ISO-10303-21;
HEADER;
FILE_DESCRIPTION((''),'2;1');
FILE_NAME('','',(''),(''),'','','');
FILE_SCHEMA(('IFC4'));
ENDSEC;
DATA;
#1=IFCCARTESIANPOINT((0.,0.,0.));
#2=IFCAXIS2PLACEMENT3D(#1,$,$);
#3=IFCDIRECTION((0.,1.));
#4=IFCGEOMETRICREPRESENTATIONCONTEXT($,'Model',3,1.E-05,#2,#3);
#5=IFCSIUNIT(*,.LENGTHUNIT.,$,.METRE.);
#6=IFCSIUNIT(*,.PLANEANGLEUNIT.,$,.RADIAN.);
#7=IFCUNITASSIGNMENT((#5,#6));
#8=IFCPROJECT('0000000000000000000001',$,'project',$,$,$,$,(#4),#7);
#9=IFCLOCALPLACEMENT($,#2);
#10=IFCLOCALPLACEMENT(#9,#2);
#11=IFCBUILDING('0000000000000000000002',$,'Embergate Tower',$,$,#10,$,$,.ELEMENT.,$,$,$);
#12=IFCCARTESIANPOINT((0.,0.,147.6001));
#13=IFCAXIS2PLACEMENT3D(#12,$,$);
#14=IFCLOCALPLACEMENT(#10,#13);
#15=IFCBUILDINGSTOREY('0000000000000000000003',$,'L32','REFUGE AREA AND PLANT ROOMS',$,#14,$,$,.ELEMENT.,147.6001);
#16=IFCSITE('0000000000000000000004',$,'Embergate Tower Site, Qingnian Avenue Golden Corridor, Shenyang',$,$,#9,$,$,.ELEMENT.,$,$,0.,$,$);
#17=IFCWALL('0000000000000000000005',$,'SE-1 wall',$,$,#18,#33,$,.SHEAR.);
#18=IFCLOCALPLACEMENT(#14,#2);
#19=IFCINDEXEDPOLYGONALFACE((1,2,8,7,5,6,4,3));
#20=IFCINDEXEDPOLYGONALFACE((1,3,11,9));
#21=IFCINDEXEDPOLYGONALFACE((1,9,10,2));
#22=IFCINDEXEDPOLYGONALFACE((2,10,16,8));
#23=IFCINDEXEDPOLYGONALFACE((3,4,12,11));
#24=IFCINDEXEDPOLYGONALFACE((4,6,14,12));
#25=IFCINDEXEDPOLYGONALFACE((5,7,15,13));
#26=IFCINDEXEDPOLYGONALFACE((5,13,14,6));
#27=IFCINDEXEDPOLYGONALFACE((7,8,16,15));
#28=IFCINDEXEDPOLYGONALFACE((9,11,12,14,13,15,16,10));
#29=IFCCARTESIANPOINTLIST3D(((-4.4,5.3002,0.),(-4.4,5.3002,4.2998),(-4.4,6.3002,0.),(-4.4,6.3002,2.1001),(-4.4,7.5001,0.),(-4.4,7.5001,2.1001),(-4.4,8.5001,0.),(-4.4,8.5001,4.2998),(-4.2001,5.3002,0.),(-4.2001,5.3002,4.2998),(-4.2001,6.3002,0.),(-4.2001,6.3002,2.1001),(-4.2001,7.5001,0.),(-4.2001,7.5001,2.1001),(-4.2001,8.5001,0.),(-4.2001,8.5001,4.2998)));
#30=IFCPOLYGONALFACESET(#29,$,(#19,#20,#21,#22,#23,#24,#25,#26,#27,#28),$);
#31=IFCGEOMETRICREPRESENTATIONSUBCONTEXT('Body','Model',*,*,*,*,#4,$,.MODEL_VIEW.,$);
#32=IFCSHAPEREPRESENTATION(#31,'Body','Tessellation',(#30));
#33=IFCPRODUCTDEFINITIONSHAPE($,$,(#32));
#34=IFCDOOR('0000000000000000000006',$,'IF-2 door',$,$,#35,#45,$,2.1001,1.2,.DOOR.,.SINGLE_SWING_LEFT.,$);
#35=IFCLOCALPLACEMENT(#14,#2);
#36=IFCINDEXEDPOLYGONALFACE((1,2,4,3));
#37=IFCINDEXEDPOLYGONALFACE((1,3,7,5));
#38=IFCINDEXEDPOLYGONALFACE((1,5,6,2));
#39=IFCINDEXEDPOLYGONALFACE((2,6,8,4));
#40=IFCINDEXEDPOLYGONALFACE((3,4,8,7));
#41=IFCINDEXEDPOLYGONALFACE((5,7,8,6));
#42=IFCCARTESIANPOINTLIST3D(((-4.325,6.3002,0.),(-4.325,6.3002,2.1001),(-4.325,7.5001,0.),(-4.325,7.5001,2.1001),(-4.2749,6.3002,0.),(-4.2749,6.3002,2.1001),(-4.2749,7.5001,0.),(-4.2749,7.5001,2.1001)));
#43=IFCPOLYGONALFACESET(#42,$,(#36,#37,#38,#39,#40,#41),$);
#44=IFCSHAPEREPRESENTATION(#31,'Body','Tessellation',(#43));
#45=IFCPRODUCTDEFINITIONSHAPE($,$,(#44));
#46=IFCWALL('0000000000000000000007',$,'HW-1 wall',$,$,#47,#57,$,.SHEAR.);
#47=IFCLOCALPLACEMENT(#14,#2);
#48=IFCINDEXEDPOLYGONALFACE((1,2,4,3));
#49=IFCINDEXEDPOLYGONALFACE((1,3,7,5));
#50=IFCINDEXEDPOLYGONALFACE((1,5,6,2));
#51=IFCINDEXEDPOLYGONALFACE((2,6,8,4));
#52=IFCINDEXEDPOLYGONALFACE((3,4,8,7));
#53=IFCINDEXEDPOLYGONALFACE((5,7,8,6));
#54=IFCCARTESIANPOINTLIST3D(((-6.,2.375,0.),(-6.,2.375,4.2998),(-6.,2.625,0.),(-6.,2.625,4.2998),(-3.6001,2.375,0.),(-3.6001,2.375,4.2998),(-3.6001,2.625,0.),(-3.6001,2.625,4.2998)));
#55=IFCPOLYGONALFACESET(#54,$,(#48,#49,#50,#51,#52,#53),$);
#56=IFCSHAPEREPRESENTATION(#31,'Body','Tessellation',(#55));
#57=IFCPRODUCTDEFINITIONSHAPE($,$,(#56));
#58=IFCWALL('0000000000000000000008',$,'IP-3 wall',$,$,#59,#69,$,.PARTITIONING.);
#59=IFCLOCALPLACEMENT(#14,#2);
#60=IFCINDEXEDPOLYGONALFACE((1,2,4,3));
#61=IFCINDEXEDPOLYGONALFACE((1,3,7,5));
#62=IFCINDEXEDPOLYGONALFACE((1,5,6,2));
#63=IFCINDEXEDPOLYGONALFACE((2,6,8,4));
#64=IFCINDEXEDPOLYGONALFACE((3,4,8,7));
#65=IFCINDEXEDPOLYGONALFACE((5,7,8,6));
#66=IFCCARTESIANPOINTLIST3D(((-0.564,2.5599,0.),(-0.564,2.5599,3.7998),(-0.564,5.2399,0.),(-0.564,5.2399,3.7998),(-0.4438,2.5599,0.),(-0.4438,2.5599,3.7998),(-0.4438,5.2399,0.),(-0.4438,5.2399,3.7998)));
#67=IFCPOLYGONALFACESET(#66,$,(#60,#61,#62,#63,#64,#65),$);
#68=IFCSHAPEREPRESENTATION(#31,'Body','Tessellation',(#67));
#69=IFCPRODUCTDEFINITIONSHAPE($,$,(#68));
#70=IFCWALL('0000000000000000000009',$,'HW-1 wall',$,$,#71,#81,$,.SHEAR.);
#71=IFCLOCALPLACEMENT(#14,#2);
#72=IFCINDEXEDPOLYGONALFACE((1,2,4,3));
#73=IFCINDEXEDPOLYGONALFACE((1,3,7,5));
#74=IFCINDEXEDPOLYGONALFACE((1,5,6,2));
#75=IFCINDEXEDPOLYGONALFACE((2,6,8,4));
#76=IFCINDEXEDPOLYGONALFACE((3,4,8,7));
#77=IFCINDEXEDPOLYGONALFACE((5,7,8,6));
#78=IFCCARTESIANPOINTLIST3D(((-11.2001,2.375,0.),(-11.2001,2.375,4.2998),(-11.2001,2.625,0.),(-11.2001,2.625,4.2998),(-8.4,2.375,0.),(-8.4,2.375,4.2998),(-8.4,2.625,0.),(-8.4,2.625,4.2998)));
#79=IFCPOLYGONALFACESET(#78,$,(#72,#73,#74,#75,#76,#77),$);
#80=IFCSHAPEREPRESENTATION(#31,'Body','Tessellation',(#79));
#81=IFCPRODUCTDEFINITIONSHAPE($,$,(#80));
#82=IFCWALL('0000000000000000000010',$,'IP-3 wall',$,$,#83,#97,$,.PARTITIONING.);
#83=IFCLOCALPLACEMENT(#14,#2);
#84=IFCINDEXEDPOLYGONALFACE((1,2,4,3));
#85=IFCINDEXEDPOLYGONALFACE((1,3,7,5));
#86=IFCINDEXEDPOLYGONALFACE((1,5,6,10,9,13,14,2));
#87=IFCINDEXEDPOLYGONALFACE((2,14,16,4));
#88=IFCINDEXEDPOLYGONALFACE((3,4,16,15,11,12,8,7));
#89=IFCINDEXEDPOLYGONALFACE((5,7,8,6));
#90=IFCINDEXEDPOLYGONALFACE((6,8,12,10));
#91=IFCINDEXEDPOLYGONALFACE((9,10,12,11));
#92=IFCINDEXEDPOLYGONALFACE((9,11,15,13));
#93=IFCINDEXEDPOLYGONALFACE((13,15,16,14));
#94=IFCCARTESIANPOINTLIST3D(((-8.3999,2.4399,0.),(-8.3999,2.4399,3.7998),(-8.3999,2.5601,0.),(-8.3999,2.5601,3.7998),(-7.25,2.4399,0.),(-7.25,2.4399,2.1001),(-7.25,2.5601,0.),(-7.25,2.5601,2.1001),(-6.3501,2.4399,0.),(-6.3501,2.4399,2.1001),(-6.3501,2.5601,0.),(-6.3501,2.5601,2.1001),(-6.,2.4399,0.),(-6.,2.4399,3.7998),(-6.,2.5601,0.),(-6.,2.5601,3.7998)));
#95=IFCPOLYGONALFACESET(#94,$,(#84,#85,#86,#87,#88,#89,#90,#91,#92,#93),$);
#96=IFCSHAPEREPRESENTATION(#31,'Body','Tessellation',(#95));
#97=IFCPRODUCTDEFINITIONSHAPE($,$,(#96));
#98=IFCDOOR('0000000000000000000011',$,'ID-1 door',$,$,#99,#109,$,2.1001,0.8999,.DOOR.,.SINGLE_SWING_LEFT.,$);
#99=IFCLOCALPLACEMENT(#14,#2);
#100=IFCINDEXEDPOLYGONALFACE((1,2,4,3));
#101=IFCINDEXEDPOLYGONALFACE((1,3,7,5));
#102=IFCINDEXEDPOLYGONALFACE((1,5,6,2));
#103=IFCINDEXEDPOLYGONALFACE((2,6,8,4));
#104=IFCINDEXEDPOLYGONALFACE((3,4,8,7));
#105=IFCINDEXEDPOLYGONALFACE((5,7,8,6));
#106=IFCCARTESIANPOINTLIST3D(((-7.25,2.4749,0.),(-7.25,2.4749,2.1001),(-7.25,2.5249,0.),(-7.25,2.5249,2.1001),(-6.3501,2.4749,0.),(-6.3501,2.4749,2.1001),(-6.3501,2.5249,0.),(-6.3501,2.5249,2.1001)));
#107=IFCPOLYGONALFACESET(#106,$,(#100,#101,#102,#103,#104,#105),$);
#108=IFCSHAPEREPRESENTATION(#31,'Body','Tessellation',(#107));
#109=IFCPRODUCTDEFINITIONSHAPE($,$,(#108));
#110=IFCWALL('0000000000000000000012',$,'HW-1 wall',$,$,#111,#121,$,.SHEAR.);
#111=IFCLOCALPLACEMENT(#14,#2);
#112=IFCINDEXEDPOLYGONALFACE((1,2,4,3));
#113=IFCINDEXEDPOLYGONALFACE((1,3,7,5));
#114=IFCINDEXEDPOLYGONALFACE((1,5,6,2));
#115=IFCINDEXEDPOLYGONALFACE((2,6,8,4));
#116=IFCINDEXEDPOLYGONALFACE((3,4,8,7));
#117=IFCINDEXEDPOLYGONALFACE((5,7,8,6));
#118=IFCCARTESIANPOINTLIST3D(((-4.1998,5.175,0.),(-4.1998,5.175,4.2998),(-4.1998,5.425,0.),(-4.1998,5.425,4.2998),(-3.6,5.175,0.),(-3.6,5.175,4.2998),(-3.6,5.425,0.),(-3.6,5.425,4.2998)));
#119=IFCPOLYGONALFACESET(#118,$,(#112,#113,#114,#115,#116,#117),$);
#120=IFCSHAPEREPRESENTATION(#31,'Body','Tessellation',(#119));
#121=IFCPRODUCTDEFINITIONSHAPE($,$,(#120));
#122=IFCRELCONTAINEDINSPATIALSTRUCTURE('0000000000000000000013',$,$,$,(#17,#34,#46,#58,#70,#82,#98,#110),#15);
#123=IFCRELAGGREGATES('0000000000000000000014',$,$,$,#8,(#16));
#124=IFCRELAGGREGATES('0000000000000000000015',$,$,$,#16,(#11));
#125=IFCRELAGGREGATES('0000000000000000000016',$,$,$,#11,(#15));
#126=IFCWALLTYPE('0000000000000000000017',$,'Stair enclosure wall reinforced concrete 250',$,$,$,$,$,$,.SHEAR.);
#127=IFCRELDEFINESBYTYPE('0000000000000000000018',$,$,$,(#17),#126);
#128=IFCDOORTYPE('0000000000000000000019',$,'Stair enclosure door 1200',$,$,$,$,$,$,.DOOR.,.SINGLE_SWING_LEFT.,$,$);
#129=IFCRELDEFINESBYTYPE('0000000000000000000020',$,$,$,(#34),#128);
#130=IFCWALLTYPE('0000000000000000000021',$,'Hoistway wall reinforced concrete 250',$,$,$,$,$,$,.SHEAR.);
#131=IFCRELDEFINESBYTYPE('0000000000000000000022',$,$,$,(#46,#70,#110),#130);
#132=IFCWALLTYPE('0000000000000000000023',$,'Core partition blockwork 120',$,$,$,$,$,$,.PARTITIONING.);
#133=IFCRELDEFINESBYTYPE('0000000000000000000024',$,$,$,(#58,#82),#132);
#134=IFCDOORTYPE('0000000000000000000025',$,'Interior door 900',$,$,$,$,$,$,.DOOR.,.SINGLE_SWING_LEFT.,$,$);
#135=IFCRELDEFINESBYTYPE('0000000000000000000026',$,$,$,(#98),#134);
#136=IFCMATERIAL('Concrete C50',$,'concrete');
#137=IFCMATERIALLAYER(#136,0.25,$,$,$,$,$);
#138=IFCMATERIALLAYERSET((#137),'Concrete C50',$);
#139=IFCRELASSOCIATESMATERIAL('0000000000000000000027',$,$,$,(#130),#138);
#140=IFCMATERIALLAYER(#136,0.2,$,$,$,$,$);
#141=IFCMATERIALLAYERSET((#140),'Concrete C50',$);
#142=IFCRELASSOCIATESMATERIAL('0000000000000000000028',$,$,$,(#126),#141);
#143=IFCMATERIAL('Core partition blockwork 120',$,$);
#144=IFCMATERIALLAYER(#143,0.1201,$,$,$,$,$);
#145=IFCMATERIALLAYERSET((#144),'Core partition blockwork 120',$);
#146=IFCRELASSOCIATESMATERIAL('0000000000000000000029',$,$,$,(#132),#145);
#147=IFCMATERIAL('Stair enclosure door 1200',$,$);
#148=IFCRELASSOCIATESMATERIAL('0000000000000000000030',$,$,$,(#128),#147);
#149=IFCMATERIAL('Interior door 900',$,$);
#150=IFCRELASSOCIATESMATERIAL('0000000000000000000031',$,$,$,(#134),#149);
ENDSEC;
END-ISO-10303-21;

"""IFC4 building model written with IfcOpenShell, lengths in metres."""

from ifc_helpers import new_model, si_unit, direction, frame, frame_2d, origin, place, context, subcontext, project, spatial, rectangle, extrude, source, transform, mapped, material, layer, layer_set, type_object, element, fill, save


model = new_model("IFC4")

# Units and contexts
model_context = context("Model", 3, precision=1e-05, world=origin(), true_north=direction((0.0, 1.0)))
body_context = subcontext(model_context, "Body", "Model", "MODEL_VIEW")
ifc_project = project(units=[si_unit("LENGTHUNIT", "METRE"), si_unit("PLANEANGLEUNIT", "RADIAN")], contexts=[model_context])

# Site, building, storey
site_placement = place(None, origin())
site = spatial("IfcSite", under=ifc_project, at=site_placement, Name="Embergate Tower Site, Qingnian Avenue Golden Corridor, Shenyang", CompositionType="ELEMENT", RefElevation=0.0)
building_placement = place(site_placement, origin())
building = spatial("IfcBuilding", under=site, at=building_placement, Name="Embergate Tower", CompositionType="ELEMENT")
storey_placement = place(building_placement, frame((0.0, 0.0, 147.6001)))
storey = spatial("IfcBuildingStorey", under=building, at=storey_placement, Name="L32", Description="REFUGE AREA AND PLANT ROOMS", CompositionType="ELEMENT", Elevation=147.6001)

# Shared definitions
ifc_material_1 = material(Name="Concrete C50", Category="concrete")
ifc_layer_1 = layer(ifc_material_1, 0.25)
ifc_layer_set_1 = layer_set([ifc_layer_1], Name="Concrete C50")
wall_type_1 = type_object("IfcWallType", Name="Hoistway wall reinforced concrete 250", PredefinedType="SHEAR", material=ifc_layer_set_1)

# Shared definitions
ifc_layer_2 = layer(ifc_material_1, 0.2)
ifc_layer_set_2 = layer_set([ifc_layer_2], Name="Concrete C50")
wall_type_2 = type_object("IfcWallType", Name="Stair enclosure wall reinforced concrete 250", PredefinedType="SHEAR", material=ifc_layer_set_2)

# Wall, opening, door
ifc_material_2 = material(Name="Core partition blockwork 120")
ifc_layer_3 = layer(ifc_material_2, 0.1201)
ifc_layer_set_3 = layer_set([ifc_layer_3], Name="Core partition blockwork 120")
wall_type_3 = type_object("IfcWallType", Name="Core partition blockwork 120", PredefinedType="PARTITIONING", material=ifc_layer_set_3)
shared_shape_1 = source(origin(), body_context, "Body", "SweptSolid", [
    extrude(rectangle(XDim=3.2, YDim=0.2, at=frame_2d((1.6001, 0.0))), origin(), (0.0, 0.0, 1.0), 4.2998),
])
wall_1_placement = place(storey_placement, frame((-4.3, 5.3, 0.0), z_axis=(0.0, 0.0, 1.0), x_axis=(0.0, 1.0, 0.0)))
wall_1 = element("IfcWall", 1, at=wall_1_placement, inside=storey, type_object=wall_type_2, Name="SE-1 wall", PredefinedType="SHEAR", context=body_context, shape_type="MappedRepresentation", body=[
    mapped(shared_shape_1, transform((0.0, 0.0, 0.0))),
])
shared_shape_2 = source(origin(), body_context, "Body", "SweptSolid", [
    extrude(rectangle(XDim=1.2, YDim=2.1001, at=frame_2d((0.6001, 1.05))), frame((0.0, 0.1099, 0.0), z_axis=(0.0, -1.0, 0.0), x_axis=(1.0, 0.0, 0.0)), (0.0, 0.0, 1.0), 0.22),
])
opening_1_placement = place(wall_1_placement, frame((1.0, 0.0, 0.0)))
opening_1 = element("IfcOpeningElement", 2, at=opening_1_placement, cuts=wall_1, PredefinedType="OPENING", context=body_context, shape_type="MappedRepresentation", body=[
    mapped(shared_shape_2, transform((0.0, 0.0, 0.0))),
])
ifc_material_3 = material(Name="Stair enclosure door 1200")
door_type_1 = type_object("IfcDoorType", Name="Stair enclosure door 1200", OperationType="SINGLE_SWING_LEFT", PredefinedType="DOOR", material=ifc_material_3)
shared_shape_3 = source(origin(), body_context, "Body", "SweptSolid", [
    extrude(rectangle(XDim=1.2, YDim=2.1001, at=frame_2d((0.6001, 1.05))), frame((0.0, 0.0249, 0.0), z_axis=(0.0, -1.0, 0.0), x_axis=(1.0, 0.0, 0.0)), (0.0, 0.0, 1.0), 0.05),
])
door_1_placement = place(opening_1_placement, origin())
door_1 = element("IfcDoor", 3, at=door_1_placement, inside=storey, type_object=door_type_1, Name="IF-2 door", OperationType="SINGLE_SWING_LEFT", OverallHeight=2.1001, OverallWidth=1.2, PredefinedType="DOOR", context=body_context, shape_type="MappedRepresentation", body=[
    mapped(shared_shape_3, transform((0.0, 0.0, 0.0))),
])
fill(opening_1, door_1)

# Walls
shared_shape_4 = source(origin(), body_context, "Body", "SweptSolid", [
    extrude(rectangle(XDim=2.3999, YDim=0.25, at=frame_2d((1.2, 0.0))), origin(), (0.0, 0.0, 1.0), 4.2998),
])
wall_2_placement = place(storey_placement, frame((-6.0, 2.5, 0.0), z_axis=(0.0, 0.0, 1.0), x_axis=(1.0, 0.0, 0.0)))
element("IfcWall", 4, at=wall_2_placement, inside=storey, type_object=wall_type_1, Name="HW-1 wall", PredefinedType="SHEAR", context=body_context, shape_type="MappedRepresentation", body=[
    mapped(shared_shape_4, transform((0.0, 0.0, 0.0))),
])
shared_shape_5 = source(origin(), body_context, "Body", "SweptSolid", [
    extrude(rectangle(XDim=2.6799, YDim=0.1201, at=frame_2d((1.3398, 0.0))), origin(), (0.0, 0.0, 1.0), 3.7998),
])
wall_3_placement = place(storey_placement, frame((-0.5039, 2.5601, 0.0), z_axis=(0.0, 0.0, 1.0), x_axis=(0.0, 1.0, 0.0)))
element("IfcWall", 5, at=wall_3_placement, inside=storey, type_object=wall_type_3, Name="IP-3 wall", PredefinedType="PARTITIONING", context=body_context, shape_type="MappedRepresentation", body=[
    mapped(shared_shape_5, transform((0.0, 0.0, 0.0))),
])
shared_shape_6 = source(origin(), body_context, "Body", "SweptSolid", [
    extrude(rectangle(XDim=2.8, YDim=0.25, at=frame_2d((1.3999, 0.0))), origin(), (0.0, 0.0, 1.0), 4.2998),
])
wall_4_placement = place(storey_placement, frame((-11.2, 2.5, 0.0), z_axis=(0.0, 0.0, 1.0), x_axis=(1.0, 0.0, 0.0)))
element("IfcWall", 6, at=wall_4_placement, inside=storey, type_object=wall_type_1, Name="HW-1 wall", PredefinedType="SHEAR", context=body_context, shape_type="MappedRepresentation", body=[
    mapped(shared_shape_6, transform((0.0, 0.0, 0.0))),
])

# Wall, opening, door
shared_shape_7 = source(origin(), body_context, "Body", "SweptSolid", [
    extrude(rectangle(XDim=2.3999, YDim=0.1201, at=frame_2d((1.2, 0.0))), origin(), (0.0, 0.0, 1.0), 3.7998),
])
wall_5_placement = place(storey_placement, frame((-8.3999, 2.5, 0.0), z_axis=(0.0, 0.0, 1.0), x_axis=(1.0, 0.0, 0.0)))
wall_5 = element("IfcWall", 7, at=wall_5_placement, inside=storey, type_object=wall_type_3, Name="IP-3 wall", PredefinedType="PARTITIONING", context=body_context, shape_type="MappedRepresentation", body=[
    mapped(shared_shape_7, transform((0.0, 0.0, 0.0))),
])
shared_shape_8 = source(origin(), body_context, "Body", "SweptSolid", [
    extrude(rectangle(XDim=0.8999, YDim=2.1001, at=frame_2d((0.45, 1.05))), frame((0.0, 0.0701, 0.0), z_axis=(0.0, -1.0, 0.0), x_axis=(1.0, 0.0, 0.0)), (0.0, 0.0, 1.0), 0.1401),
])
opening_2_placement = place(wall_5_placement, frame((1.1499, 0.0, 0.0)))
opening_2 = element("IfcOpeningElement", 8, at=opening_2_placement, cuts=wall_5, PredefinedType="OPENING", context=body_context, shape_type="MappedRepresentation", body=[
    mapped(shared_shape_8, transform((0.0, 0.0, 0.0))),
])
ifc_material_4 = material(Name="Interior door 900")
door_type_2 = type_object("IfcDoorType", Name="Interior door 900", OperationType="SINGLE_SWING_LEFT", PredefinedType="DOOR", material=ifc_material_4)
shared_shape_9 = source(origin(), body_context, "Body", "SweptSolid", [
    extrude(rectangle(XDim=0.8999, YDim=2.1001, at=frame_2d((0.45, 1.05))), frame((0.0, 0.0249, 0.0), z_axis=(0.0, -1.0, 0.0), x_axis=(1.0, 0.0, 0.0)), (0.0, 0.0, 1.0), 0.05),
])
door_2_placement = place(opening_2_placement, origin())
door_2 = element("IfcDoor", 9, at=door_2_placement, inside=storey, type_object=door_type_2, Name="ID-1 door", OperationType="SINGLE_SWING_LEFT", OverallHeight=2.1001, OverallWidth=0.8999, PredefinedType="DOOR", context=body_context, shape_type="MappedRepresentation", body=[
    mapped(shared_shape_9, transform((0.0, 0.0, 0.0))),
])
fill(opening_2, door_2)

# Wall
shared_shape_10 = source(origin(), body_context, "Body", "SweptSolid", [
    extrude(rectangle(XDim=0.5999, YDim=0.25, at=frame_2d((0.2998, 0.0))), origin(), (0.0, 0.0, 1.0), 4.2998),
])
wall_6_placement = place(storey_placement, frame((-3.6001, 5.3, 0.0), z_axis=(0.0, 0.0, 1.0), x_axis=(-1.0, 0.0, 0.0)))
element("IfcWall", 10, at=wall_6_placement, inside=storey, type_object=wall_type_1, Name="HW-1 wall", PredefinedType="SHEAR", context=body_context, shape_type="MappedRepresentation", body=[
    mapped(shared_shape_10, transform((0.0, 0.0, 0.0))),
])

save(model, "model.ifc")
